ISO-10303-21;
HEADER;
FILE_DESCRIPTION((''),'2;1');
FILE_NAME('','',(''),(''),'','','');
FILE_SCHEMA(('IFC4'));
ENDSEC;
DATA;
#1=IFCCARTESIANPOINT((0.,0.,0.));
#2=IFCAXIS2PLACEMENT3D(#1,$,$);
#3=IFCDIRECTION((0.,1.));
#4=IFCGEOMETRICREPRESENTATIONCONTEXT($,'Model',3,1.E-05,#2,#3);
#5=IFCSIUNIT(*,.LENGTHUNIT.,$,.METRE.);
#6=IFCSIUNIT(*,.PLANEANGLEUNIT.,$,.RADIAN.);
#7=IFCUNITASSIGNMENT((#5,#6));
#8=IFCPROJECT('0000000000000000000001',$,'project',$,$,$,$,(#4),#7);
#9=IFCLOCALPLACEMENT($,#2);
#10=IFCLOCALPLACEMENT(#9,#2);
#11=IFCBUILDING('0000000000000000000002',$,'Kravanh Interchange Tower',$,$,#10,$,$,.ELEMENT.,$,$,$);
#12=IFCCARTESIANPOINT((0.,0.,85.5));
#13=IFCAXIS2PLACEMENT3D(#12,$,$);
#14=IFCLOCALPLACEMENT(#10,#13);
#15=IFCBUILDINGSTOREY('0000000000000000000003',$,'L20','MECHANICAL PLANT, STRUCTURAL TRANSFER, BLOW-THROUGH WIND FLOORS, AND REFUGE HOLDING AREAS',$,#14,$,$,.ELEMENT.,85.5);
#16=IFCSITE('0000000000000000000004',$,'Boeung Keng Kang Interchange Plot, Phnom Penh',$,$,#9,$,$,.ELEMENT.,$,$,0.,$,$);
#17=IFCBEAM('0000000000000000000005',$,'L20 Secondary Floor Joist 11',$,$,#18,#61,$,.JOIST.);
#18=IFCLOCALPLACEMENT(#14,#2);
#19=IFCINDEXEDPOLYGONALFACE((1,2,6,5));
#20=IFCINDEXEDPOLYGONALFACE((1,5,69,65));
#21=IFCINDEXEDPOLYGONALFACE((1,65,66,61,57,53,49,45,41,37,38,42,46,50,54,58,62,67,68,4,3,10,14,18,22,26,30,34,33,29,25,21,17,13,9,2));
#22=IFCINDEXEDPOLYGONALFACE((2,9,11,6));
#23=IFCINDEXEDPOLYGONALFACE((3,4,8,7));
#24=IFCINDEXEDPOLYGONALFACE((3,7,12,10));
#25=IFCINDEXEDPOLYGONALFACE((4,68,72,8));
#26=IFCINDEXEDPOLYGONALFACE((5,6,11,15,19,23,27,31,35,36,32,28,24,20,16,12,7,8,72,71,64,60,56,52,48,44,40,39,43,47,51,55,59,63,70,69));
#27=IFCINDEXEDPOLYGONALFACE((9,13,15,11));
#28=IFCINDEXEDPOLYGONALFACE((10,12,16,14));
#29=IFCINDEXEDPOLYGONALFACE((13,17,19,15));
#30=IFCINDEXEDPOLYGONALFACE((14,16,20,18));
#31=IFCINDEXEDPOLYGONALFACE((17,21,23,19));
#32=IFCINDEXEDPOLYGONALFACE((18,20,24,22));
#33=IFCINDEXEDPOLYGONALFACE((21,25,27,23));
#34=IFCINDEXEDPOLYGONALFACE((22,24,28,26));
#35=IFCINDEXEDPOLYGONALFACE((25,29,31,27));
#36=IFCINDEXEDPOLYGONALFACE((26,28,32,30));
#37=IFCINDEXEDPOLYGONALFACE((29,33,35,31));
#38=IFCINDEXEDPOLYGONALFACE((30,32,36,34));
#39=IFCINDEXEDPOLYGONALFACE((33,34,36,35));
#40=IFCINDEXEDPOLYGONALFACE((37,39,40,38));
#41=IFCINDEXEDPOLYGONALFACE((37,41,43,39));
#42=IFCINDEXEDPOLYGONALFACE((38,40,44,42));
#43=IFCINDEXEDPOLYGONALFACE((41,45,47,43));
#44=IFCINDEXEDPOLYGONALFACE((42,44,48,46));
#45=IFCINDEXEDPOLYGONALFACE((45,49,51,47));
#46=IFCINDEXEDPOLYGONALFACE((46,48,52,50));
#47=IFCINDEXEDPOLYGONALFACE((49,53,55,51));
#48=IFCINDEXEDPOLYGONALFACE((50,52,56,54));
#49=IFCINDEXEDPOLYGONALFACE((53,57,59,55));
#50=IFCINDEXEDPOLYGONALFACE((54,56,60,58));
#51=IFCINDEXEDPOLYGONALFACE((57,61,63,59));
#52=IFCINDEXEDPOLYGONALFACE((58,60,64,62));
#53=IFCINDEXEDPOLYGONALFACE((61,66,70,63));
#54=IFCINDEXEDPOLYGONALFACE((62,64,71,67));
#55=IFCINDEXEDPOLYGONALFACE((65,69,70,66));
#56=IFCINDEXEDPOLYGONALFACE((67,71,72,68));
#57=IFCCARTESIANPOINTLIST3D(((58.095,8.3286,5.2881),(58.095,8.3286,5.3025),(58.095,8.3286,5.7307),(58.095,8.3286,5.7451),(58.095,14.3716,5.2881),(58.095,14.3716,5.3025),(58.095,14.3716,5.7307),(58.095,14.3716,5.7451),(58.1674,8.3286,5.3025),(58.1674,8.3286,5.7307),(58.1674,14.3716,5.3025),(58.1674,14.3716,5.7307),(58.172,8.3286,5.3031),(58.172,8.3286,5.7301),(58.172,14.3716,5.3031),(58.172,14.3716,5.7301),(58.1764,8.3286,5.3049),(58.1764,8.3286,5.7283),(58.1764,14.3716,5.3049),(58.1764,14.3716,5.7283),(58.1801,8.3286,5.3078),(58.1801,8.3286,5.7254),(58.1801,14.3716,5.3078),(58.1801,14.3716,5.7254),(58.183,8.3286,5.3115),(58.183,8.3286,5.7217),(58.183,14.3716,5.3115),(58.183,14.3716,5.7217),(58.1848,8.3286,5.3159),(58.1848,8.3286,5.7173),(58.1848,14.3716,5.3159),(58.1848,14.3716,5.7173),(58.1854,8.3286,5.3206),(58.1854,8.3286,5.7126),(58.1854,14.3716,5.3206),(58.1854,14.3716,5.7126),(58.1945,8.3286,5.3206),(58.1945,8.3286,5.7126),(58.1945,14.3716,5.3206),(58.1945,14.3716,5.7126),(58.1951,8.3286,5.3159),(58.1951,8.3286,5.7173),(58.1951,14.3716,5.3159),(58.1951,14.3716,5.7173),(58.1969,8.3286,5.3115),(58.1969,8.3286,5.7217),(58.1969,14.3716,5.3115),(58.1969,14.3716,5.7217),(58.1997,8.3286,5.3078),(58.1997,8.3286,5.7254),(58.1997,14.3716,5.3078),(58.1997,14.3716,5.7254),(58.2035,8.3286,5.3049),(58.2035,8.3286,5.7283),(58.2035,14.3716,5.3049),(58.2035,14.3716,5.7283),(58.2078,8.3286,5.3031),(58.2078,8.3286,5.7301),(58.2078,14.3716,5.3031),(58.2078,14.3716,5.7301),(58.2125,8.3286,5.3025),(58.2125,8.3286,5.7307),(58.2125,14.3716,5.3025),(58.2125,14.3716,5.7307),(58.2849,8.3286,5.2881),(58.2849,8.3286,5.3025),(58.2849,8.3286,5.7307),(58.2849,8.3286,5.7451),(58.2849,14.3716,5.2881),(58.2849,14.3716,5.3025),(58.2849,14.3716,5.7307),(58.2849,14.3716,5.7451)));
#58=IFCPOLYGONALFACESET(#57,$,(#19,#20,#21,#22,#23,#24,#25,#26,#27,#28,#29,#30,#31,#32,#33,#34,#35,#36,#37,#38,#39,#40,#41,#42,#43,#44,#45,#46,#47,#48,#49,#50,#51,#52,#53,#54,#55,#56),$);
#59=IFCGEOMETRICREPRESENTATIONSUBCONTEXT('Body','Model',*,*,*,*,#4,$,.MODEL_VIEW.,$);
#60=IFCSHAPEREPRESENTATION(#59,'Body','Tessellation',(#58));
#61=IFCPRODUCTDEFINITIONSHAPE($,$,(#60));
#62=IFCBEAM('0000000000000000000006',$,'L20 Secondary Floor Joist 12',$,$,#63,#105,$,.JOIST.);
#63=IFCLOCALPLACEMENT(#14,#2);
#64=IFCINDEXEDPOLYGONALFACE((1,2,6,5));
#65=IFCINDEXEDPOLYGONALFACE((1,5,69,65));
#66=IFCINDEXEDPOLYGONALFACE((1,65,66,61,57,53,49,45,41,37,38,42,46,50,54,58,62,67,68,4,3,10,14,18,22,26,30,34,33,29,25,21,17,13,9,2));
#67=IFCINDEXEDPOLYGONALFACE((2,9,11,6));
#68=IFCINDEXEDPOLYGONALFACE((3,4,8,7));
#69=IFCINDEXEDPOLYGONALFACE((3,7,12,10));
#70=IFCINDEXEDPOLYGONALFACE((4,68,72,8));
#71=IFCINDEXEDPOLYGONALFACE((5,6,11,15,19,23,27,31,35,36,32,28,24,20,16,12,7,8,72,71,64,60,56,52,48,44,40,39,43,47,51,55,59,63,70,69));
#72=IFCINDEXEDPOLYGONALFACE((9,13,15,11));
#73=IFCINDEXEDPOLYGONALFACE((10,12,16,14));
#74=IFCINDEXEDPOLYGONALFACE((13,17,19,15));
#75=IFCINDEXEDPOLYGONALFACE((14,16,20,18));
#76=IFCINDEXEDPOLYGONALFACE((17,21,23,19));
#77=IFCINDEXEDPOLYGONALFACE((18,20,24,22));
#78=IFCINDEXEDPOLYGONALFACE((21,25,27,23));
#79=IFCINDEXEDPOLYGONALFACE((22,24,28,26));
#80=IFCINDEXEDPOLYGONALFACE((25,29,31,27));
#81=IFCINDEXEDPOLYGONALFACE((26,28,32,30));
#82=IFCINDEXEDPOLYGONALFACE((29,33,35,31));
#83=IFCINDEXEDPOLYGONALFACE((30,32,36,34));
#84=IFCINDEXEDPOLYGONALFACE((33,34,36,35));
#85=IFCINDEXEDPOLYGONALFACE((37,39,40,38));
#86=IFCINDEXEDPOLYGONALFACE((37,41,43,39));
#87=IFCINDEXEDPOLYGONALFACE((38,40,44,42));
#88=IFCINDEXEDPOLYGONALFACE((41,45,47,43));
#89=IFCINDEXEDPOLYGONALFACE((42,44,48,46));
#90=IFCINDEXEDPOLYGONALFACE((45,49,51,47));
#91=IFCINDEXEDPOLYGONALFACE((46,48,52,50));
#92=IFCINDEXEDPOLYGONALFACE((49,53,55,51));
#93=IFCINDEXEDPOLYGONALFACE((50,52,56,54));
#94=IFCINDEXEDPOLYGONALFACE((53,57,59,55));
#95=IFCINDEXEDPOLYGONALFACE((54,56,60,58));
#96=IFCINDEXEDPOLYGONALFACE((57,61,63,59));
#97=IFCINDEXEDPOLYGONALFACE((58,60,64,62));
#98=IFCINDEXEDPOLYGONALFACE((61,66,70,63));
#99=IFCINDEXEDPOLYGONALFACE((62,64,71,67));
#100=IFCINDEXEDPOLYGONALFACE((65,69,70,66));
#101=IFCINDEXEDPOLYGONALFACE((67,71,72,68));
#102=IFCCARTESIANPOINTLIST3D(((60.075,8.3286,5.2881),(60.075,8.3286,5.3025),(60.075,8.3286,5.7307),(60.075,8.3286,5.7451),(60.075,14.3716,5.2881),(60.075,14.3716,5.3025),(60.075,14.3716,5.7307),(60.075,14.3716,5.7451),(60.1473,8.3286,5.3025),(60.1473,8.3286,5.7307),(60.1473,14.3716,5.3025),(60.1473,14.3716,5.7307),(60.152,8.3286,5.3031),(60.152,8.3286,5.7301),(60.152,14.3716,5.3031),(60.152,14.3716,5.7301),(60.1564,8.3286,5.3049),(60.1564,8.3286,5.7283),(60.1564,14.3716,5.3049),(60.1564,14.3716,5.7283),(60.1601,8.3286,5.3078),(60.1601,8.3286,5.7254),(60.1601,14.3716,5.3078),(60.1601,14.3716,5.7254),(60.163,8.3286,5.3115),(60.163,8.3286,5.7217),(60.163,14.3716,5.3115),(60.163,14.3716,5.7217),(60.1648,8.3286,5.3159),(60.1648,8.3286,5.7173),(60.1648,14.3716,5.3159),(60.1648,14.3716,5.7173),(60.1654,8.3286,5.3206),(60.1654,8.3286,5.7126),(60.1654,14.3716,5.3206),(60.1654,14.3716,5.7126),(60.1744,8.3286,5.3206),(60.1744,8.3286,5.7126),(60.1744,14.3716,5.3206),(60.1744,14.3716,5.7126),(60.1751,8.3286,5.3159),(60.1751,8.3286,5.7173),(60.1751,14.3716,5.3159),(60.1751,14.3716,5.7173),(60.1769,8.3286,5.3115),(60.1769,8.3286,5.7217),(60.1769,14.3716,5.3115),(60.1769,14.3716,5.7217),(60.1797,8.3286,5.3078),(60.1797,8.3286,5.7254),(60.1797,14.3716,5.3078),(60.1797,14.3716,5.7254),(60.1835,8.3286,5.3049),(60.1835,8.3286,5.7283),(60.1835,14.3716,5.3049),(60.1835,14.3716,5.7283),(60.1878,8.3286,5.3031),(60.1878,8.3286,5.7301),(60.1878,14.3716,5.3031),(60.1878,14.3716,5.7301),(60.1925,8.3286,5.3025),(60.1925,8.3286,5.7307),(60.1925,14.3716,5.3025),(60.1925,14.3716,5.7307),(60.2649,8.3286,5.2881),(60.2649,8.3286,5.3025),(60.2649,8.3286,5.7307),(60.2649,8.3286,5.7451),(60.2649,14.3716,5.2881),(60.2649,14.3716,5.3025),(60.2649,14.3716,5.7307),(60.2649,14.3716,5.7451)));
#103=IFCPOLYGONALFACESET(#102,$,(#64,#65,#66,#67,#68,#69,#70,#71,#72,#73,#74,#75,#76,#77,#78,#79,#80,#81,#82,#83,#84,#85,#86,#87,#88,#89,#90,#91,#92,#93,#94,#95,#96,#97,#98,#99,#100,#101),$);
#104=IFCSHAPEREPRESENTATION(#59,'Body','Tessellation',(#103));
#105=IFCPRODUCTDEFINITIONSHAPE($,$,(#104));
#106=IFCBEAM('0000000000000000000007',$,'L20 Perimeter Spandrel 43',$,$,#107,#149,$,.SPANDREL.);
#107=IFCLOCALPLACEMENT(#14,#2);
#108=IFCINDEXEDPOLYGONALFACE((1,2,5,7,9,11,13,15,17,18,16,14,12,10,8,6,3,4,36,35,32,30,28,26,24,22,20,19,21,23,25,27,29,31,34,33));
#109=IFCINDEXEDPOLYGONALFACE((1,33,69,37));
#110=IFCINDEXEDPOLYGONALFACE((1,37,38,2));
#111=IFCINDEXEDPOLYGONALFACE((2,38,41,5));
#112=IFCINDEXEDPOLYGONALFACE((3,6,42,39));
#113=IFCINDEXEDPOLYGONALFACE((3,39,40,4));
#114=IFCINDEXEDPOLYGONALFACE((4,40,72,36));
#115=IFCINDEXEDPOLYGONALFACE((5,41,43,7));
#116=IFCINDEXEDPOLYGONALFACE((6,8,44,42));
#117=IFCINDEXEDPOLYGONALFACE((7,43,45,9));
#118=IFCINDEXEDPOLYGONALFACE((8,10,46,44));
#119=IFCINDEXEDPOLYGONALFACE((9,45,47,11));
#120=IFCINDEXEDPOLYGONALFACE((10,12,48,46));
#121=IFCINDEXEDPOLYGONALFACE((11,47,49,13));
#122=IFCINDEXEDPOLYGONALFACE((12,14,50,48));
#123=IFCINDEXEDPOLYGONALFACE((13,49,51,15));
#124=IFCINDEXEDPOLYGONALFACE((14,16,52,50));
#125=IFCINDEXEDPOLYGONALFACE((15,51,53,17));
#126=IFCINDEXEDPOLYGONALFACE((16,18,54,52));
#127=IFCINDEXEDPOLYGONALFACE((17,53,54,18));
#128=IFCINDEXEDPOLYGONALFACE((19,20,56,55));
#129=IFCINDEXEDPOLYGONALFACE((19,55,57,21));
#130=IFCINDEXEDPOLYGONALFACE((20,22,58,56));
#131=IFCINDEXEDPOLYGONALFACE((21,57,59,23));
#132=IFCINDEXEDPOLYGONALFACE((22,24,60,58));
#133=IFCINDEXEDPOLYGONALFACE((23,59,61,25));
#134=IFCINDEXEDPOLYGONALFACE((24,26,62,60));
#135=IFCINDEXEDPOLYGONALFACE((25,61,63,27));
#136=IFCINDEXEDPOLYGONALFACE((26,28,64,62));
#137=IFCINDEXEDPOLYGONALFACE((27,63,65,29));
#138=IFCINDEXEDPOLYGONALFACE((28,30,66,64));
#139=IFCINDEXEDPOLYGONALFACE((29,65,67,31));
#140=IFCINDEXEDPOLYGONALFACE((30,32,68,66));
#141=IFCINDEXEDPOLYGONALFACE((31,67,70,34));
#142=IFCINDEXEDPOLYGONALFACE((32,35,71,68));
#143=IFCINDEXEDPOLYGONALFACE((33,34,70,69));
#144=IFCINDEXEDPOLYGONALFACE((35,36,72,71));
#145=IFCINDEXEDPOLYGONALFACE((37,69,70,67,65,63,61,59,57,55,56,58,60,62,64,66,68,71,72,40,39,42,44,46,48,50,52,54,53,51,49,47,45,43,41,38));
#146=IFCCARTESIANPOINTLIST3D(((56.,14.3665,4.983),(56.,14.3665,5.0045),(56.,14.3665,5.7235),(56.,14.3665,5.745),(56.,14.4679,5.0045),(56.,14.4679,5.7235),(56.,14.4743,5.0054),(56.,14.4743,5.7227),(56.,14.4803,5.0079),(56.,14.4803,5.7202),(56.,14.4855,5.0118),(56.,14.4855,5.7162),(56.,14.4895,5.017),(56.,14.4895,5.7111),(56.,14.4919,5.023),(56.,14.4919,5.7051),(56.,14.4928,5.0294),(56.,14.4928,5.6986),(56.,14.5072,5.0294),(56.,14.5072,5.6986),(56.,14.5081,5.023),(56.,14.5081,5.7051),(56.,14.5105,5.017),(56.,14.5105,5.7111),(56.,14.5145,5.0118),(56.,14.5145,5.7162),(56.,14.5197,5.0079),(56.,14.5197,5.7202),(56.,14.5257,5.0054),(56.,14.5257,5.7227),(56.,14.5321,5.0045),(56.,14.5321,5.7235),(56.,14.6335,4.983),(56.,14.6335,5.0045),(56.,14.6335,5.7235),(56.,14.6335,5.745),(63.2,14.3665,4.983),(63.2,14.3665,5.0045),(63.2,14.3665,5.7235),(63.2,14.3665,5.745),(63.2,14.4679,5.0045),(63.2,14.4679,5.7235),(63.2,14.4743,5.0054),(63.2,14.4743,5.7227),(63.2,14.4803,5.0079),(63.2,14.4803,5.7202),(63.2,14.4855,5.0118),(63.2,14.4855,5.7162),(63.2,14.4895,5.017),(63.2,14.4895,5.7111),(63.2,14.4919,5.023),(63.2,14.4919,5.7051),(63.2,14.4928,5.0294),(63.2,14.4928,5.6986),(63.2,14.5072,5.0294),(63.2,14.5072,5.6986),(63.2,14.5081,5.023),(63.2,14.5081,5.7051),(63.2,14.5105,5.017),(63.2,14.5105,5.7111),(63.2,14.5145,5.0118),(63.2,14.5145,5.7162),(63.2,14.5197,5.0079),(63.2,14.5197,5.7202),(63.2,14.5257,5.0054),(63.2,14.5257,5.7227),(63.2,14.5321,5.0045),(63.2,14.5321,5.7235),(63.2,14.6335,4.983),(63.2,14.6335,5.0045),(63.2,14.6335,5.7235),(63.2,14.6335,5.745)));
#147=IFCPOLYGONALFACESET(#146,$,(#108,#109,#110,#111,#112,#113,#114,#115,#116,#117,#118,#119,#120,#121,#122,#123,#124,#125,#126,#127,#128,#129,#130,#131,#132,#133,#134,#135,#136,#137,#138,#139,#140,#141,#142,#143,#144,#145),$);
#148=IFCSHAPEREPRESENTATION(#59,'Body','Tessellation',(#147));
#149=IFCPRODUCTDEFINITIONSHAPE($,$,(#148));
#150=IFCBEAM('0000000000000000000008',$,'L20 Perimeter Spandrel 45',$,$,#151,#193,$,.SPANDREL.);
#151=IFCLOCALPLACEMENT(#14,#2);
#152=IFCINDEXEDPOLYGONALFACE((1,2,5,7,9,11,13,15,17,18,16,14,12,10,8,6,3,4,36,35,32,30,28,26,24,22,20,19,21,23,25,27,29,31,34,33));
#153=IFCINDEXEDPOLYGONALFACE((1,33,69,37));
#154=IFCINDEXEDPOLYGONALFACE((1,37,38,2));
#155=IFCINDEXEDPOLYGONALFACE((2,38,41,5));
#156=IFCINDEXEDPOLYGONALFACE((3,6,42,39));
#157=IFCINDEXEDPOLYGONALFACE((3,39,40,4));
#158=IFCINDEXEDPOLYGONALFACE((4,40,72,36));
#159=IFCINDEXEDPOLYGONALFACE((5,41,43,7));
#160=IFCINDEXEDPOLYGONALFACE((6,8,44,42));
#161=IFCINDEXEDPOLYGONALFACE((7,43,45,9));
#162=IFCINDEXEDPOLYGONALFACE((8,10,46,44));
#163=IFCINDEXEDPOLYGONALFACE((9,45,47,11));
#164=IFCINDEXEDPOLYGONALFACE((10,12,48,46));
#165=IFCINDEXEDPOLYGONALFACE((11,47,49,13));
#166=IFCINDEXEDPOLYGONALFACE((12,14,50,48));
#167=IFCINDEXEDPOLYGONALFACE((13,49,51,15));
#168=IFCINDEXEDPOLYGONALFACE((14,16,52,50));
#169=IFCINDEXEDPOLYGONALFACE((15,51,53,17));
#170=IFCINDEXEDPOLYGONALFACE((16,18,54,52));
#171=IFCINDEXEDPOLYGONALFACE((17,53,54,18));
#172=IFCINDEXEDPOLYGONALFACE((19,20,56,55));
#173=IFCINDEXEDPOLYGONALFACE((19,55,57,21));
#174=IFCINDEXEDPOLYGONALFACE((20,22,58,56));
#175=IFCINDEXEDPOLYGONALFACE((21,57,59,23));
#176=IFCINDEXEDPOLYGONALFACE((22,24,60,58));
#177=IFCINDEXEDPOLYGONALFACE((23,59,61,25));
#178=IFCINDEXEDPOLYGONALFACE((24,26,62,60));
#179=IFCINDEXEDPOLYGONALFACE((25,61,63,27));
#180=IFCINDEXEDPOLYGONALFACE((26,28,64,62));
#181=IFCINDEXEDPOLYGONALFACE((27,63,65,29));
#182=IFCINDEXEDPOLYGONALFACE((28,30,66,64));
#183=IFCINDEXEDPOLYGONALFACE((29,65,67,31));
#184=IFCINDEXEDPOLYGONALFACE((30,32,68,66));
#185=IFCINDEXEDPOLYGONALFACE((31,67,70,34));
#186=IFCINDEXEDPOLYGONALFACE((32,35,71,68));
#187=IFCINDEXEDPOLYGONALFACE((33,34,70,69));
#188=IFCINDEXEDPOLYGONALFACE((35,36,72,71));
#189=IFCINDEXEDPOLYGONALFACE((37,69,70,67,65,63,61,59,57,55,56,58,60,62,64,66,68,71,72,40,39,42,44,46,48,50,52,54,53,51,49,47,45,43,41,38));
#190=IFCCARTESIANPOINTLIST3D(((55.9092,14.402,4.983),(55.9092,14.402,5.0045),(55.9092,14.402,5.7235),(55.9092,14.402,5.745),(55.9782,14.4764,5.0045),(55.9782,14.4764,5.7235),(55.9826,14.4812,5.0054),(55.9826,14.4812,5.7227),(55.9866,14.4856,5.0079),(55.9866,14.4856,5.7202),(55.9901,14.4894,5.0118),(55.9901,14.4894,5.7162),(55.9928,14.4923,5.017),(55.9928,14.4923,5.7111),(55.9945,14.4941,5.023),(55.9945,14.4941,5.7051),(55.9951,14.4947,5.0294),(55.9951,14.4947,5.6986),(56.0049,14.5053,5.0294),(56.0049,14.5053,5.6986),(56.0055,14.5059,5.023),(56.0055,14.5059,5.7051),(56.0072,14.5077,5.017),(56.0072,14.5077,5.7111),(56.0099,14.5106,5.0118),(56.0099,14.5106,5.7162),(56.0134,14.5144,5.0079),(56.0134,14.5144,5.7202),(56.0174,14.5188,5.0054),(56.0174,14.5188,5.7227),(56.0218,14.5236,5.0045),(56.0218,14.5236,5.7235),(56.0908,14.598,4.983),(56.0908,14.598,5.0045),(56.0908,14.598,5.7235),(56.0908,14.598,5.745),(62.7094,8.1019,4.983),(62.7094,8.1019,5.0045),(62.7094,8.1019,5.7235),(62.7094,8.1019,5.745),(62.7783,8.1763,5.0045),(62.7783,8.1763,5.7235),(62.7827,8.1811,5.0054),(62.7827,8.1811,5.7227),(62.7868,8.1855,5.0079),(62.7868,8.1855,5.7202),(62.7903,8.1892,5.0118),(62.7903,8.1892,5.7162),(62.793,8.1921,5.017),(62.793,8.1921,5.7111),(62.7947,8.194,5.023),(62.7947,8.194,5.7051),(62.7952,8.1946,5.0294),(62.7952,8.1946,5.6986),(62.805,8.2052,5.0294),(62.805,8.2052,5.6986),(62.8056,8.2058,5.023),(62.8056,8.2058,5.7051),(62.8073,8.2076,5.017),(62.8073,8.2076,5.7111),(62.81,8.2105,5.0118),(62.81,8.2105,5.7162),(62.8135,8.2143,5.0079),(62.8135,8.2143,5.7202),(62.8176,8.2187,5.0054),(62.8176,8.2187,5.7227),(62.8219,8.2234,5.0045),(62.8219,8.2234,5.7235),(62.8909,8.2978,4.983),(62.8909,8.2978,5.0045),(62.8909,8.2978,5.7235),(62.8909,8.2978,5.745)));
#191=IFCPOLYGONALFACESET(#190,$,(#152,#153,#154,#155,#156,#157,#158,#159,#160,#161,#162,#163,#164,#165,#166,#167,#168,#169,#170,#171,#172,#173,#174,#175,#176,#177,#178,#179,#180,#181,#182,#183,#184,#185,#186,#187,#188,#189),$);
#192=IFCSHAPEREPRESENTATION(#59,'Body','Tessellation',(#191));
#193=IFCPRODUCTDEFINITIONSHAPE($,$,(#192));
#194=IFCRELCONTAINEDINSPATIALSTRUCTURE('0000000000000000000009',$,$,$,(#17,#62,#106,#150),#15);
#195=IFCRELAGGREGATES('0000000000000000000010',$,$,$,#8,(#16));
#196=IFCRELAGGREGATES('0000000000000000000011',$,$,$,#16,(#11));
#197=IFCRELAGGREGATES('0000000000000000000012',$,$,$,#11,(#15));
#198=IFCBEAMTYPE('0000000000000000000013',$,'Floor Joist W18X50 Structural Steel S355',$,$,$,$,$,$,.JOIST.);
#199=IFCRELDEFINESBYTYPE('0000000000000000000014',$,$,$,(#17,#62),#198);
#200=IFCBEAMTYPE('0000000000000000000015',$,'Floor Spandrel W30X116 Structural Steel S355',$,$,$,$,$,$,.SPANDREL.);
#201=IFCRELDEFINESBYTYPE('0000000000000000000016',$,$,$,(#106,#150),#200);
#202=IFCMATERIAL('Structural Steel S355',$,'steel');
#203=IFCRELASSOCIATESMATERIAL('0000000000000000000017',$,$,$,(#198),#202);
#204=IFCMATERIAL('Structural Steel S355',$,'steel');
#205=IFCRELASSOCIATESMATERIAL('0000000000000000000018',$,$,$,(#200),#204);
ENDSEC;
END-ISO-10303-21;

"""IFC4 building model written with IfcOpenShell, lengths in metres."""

from ifc_helpers import new_model, si_unit, direction, frame, origin, origin_2d, place, context, subcontext, project, spatial, i_section, extrude, material, material_profile, profile_set, type_object, element, save


model = new_model("IFC4")

# Units and contexts
model_context = context("Model", 3, precision=1e-05, world=origin(), true_north=direction((0.0, 1.0)))
body_context = subcontext(model_context, "Body", "Model", "MODEL_VIEW")
ifc_project = project(units=[si_unit("LENGTHUNIT", "METRE"), si_unit("PLANEANGLEUNIT", "RADIAN")], contexts=[model_context])

# Site, building, storey
site_placement = place(None, origin())
site = spatial("IfcSite", under=ifc_project, at=site_placement, Name="Boeung Keng Kang Interchange Plot, Phnom Penh", CompositionType="ELEMENT", RefElevation=0.0)
building_placement = place(site_placement, origin())
building = spatial("IfcBuilding", under=site, at=building_placement, Name="Kravanh Interchange Tower", CompositionType="ELEMENT")
storey_placement = place(building_placement, frame((0.0, 0.0, 85.5)))
storey = spatial("IfcBuildingStorey", under=building, at=storey_placement, Name="L20", Description="MECHANICAL PLANT, STRUCTURAL TRANSFER, BLOW-THROUGH WIND FLOORS, AND REFUGE HOLDING AREAS", CompositionType="ELEMENT", Elevation=85.5)

# Beams
ifc_material_1 = material(Name="Structural Steel S355", Category="steel")
ifc_material_profile_1 = material_profile(ifc_material_1, i_section(OverallWidth=0.1899, OverallDepth=0.457, WebThickness=0.009, FlangeThickness=0.0144, FilletRadius=0.0181, at=origin_2d()), Name="W18X50")
ifc_profile_set_1 = profile_set([ifc_material_profile_1], Name="Structural Steel S355")
beam_type_1 = type_object("IfcBeamType", Name="Floor Joist W18X50 Structural Steel S355", PredefinedType="JOIST", material=ifc_profile_set_1)
for number, where, z_axis, x_axis, name in (
    (1, (58.1899, 8.3286, 5.5166), (0.0, 1.0, 0.0), (-1.0, 0.0, 0.0), "L20 Secondary Floor Joist 11"),
    (2, (60.1699, 8.3286, 5.5166), (0.0, 1.0, 0.0), (-1.0, 0.0, 0.0), "L20 Secondary Floor Joist 12"),
):
    element("IfcBeam", number, at=place(storey_placement, frame(where, z_axis=z_axis, x_axis=x_axis)), inside=storey, type_object=beam_type_1, Name=name, PredefinedType="JOIST", context=body_context, shape_type="SweptSolid", body=[
        extrude(i_section(OverallWidth=0.1899, OverallDepth=0.457, WebThickness=0.009, FlangeThickness=0.0144, FilletRadius=0.0181, at=origin_2d()), origin(), (0.0, 0.0, 1.0), 6.043),
    ])
ifc_material_2 = material(Name="Structural Steel S355", Category="steel")
ifc_material_profile_2 = material_profile(ifc_material_2, i_section(OverallWidth=0.2671, OverallDepth=0.762, WebThickness=0.0144, FlangeThickness=0.0215, FilletRadius=0.0249, at=origin_2d()), Name="W30X116")
ifc_profile_set_2 = profile_set([ifc_material_profile_2], Name="Structural Steel S355")
beam_type_2 = type_object("IfcBeamType", Name="Floor Spandrel W30X116 Structural Steel S355", PredefinedType="SPANDREL", material=ifc_profile_set_2)
beam_1_placement = place(storey_placement, frame((56.0, 14.5, 5.364), z_axis=(1.0, 0.0, 0.0), x_axis=(0.0, 1.0, 0.0)))
element("IfcBeam", 3, at=beam_1_placement, inside=storey, type_object=beam_type_2, Name="L20 Perimeter Spandrel 43", PredefinedType="SPANDREL", context=body_context, shape_type="SweptSolid", body=[
    extrude(i_section(OverallWidth=0.2671, OverallDepth=0.762, WebThickness=0.0144, FlangeThickness=0.0215, FilletRadius=0.0249, at=origin_2d()), origin(), (0.0, 0.0, 1.0), 7.2),
])
beam_2_placement = place(storey_placement, frame((56.0, 14.5, 5.364), z_axis=(0.733561, -0.679623, 0.0), x_axis=(0.679623, 0.733561, 0.0)))
element("IfcBeam", 4, at=beam_2_placement, inside=storey, type_object=beam_type_2, Name="L20 Perimeter Spandrel 45", PredefinedType="SPANDREL", context=body_context, shape_type="SweptSolid", body=[
    extrude(i_section(OverallWidth=0.2671, OverallDepth=0.762, WebThickness=0.0144, FlangeThickness=0.0215, FilletRadius=0.0249, at=origin_2d()), origin(), (0.0, 0.0, 1.0), 9.27),
])

save(model, "model.ifc")
